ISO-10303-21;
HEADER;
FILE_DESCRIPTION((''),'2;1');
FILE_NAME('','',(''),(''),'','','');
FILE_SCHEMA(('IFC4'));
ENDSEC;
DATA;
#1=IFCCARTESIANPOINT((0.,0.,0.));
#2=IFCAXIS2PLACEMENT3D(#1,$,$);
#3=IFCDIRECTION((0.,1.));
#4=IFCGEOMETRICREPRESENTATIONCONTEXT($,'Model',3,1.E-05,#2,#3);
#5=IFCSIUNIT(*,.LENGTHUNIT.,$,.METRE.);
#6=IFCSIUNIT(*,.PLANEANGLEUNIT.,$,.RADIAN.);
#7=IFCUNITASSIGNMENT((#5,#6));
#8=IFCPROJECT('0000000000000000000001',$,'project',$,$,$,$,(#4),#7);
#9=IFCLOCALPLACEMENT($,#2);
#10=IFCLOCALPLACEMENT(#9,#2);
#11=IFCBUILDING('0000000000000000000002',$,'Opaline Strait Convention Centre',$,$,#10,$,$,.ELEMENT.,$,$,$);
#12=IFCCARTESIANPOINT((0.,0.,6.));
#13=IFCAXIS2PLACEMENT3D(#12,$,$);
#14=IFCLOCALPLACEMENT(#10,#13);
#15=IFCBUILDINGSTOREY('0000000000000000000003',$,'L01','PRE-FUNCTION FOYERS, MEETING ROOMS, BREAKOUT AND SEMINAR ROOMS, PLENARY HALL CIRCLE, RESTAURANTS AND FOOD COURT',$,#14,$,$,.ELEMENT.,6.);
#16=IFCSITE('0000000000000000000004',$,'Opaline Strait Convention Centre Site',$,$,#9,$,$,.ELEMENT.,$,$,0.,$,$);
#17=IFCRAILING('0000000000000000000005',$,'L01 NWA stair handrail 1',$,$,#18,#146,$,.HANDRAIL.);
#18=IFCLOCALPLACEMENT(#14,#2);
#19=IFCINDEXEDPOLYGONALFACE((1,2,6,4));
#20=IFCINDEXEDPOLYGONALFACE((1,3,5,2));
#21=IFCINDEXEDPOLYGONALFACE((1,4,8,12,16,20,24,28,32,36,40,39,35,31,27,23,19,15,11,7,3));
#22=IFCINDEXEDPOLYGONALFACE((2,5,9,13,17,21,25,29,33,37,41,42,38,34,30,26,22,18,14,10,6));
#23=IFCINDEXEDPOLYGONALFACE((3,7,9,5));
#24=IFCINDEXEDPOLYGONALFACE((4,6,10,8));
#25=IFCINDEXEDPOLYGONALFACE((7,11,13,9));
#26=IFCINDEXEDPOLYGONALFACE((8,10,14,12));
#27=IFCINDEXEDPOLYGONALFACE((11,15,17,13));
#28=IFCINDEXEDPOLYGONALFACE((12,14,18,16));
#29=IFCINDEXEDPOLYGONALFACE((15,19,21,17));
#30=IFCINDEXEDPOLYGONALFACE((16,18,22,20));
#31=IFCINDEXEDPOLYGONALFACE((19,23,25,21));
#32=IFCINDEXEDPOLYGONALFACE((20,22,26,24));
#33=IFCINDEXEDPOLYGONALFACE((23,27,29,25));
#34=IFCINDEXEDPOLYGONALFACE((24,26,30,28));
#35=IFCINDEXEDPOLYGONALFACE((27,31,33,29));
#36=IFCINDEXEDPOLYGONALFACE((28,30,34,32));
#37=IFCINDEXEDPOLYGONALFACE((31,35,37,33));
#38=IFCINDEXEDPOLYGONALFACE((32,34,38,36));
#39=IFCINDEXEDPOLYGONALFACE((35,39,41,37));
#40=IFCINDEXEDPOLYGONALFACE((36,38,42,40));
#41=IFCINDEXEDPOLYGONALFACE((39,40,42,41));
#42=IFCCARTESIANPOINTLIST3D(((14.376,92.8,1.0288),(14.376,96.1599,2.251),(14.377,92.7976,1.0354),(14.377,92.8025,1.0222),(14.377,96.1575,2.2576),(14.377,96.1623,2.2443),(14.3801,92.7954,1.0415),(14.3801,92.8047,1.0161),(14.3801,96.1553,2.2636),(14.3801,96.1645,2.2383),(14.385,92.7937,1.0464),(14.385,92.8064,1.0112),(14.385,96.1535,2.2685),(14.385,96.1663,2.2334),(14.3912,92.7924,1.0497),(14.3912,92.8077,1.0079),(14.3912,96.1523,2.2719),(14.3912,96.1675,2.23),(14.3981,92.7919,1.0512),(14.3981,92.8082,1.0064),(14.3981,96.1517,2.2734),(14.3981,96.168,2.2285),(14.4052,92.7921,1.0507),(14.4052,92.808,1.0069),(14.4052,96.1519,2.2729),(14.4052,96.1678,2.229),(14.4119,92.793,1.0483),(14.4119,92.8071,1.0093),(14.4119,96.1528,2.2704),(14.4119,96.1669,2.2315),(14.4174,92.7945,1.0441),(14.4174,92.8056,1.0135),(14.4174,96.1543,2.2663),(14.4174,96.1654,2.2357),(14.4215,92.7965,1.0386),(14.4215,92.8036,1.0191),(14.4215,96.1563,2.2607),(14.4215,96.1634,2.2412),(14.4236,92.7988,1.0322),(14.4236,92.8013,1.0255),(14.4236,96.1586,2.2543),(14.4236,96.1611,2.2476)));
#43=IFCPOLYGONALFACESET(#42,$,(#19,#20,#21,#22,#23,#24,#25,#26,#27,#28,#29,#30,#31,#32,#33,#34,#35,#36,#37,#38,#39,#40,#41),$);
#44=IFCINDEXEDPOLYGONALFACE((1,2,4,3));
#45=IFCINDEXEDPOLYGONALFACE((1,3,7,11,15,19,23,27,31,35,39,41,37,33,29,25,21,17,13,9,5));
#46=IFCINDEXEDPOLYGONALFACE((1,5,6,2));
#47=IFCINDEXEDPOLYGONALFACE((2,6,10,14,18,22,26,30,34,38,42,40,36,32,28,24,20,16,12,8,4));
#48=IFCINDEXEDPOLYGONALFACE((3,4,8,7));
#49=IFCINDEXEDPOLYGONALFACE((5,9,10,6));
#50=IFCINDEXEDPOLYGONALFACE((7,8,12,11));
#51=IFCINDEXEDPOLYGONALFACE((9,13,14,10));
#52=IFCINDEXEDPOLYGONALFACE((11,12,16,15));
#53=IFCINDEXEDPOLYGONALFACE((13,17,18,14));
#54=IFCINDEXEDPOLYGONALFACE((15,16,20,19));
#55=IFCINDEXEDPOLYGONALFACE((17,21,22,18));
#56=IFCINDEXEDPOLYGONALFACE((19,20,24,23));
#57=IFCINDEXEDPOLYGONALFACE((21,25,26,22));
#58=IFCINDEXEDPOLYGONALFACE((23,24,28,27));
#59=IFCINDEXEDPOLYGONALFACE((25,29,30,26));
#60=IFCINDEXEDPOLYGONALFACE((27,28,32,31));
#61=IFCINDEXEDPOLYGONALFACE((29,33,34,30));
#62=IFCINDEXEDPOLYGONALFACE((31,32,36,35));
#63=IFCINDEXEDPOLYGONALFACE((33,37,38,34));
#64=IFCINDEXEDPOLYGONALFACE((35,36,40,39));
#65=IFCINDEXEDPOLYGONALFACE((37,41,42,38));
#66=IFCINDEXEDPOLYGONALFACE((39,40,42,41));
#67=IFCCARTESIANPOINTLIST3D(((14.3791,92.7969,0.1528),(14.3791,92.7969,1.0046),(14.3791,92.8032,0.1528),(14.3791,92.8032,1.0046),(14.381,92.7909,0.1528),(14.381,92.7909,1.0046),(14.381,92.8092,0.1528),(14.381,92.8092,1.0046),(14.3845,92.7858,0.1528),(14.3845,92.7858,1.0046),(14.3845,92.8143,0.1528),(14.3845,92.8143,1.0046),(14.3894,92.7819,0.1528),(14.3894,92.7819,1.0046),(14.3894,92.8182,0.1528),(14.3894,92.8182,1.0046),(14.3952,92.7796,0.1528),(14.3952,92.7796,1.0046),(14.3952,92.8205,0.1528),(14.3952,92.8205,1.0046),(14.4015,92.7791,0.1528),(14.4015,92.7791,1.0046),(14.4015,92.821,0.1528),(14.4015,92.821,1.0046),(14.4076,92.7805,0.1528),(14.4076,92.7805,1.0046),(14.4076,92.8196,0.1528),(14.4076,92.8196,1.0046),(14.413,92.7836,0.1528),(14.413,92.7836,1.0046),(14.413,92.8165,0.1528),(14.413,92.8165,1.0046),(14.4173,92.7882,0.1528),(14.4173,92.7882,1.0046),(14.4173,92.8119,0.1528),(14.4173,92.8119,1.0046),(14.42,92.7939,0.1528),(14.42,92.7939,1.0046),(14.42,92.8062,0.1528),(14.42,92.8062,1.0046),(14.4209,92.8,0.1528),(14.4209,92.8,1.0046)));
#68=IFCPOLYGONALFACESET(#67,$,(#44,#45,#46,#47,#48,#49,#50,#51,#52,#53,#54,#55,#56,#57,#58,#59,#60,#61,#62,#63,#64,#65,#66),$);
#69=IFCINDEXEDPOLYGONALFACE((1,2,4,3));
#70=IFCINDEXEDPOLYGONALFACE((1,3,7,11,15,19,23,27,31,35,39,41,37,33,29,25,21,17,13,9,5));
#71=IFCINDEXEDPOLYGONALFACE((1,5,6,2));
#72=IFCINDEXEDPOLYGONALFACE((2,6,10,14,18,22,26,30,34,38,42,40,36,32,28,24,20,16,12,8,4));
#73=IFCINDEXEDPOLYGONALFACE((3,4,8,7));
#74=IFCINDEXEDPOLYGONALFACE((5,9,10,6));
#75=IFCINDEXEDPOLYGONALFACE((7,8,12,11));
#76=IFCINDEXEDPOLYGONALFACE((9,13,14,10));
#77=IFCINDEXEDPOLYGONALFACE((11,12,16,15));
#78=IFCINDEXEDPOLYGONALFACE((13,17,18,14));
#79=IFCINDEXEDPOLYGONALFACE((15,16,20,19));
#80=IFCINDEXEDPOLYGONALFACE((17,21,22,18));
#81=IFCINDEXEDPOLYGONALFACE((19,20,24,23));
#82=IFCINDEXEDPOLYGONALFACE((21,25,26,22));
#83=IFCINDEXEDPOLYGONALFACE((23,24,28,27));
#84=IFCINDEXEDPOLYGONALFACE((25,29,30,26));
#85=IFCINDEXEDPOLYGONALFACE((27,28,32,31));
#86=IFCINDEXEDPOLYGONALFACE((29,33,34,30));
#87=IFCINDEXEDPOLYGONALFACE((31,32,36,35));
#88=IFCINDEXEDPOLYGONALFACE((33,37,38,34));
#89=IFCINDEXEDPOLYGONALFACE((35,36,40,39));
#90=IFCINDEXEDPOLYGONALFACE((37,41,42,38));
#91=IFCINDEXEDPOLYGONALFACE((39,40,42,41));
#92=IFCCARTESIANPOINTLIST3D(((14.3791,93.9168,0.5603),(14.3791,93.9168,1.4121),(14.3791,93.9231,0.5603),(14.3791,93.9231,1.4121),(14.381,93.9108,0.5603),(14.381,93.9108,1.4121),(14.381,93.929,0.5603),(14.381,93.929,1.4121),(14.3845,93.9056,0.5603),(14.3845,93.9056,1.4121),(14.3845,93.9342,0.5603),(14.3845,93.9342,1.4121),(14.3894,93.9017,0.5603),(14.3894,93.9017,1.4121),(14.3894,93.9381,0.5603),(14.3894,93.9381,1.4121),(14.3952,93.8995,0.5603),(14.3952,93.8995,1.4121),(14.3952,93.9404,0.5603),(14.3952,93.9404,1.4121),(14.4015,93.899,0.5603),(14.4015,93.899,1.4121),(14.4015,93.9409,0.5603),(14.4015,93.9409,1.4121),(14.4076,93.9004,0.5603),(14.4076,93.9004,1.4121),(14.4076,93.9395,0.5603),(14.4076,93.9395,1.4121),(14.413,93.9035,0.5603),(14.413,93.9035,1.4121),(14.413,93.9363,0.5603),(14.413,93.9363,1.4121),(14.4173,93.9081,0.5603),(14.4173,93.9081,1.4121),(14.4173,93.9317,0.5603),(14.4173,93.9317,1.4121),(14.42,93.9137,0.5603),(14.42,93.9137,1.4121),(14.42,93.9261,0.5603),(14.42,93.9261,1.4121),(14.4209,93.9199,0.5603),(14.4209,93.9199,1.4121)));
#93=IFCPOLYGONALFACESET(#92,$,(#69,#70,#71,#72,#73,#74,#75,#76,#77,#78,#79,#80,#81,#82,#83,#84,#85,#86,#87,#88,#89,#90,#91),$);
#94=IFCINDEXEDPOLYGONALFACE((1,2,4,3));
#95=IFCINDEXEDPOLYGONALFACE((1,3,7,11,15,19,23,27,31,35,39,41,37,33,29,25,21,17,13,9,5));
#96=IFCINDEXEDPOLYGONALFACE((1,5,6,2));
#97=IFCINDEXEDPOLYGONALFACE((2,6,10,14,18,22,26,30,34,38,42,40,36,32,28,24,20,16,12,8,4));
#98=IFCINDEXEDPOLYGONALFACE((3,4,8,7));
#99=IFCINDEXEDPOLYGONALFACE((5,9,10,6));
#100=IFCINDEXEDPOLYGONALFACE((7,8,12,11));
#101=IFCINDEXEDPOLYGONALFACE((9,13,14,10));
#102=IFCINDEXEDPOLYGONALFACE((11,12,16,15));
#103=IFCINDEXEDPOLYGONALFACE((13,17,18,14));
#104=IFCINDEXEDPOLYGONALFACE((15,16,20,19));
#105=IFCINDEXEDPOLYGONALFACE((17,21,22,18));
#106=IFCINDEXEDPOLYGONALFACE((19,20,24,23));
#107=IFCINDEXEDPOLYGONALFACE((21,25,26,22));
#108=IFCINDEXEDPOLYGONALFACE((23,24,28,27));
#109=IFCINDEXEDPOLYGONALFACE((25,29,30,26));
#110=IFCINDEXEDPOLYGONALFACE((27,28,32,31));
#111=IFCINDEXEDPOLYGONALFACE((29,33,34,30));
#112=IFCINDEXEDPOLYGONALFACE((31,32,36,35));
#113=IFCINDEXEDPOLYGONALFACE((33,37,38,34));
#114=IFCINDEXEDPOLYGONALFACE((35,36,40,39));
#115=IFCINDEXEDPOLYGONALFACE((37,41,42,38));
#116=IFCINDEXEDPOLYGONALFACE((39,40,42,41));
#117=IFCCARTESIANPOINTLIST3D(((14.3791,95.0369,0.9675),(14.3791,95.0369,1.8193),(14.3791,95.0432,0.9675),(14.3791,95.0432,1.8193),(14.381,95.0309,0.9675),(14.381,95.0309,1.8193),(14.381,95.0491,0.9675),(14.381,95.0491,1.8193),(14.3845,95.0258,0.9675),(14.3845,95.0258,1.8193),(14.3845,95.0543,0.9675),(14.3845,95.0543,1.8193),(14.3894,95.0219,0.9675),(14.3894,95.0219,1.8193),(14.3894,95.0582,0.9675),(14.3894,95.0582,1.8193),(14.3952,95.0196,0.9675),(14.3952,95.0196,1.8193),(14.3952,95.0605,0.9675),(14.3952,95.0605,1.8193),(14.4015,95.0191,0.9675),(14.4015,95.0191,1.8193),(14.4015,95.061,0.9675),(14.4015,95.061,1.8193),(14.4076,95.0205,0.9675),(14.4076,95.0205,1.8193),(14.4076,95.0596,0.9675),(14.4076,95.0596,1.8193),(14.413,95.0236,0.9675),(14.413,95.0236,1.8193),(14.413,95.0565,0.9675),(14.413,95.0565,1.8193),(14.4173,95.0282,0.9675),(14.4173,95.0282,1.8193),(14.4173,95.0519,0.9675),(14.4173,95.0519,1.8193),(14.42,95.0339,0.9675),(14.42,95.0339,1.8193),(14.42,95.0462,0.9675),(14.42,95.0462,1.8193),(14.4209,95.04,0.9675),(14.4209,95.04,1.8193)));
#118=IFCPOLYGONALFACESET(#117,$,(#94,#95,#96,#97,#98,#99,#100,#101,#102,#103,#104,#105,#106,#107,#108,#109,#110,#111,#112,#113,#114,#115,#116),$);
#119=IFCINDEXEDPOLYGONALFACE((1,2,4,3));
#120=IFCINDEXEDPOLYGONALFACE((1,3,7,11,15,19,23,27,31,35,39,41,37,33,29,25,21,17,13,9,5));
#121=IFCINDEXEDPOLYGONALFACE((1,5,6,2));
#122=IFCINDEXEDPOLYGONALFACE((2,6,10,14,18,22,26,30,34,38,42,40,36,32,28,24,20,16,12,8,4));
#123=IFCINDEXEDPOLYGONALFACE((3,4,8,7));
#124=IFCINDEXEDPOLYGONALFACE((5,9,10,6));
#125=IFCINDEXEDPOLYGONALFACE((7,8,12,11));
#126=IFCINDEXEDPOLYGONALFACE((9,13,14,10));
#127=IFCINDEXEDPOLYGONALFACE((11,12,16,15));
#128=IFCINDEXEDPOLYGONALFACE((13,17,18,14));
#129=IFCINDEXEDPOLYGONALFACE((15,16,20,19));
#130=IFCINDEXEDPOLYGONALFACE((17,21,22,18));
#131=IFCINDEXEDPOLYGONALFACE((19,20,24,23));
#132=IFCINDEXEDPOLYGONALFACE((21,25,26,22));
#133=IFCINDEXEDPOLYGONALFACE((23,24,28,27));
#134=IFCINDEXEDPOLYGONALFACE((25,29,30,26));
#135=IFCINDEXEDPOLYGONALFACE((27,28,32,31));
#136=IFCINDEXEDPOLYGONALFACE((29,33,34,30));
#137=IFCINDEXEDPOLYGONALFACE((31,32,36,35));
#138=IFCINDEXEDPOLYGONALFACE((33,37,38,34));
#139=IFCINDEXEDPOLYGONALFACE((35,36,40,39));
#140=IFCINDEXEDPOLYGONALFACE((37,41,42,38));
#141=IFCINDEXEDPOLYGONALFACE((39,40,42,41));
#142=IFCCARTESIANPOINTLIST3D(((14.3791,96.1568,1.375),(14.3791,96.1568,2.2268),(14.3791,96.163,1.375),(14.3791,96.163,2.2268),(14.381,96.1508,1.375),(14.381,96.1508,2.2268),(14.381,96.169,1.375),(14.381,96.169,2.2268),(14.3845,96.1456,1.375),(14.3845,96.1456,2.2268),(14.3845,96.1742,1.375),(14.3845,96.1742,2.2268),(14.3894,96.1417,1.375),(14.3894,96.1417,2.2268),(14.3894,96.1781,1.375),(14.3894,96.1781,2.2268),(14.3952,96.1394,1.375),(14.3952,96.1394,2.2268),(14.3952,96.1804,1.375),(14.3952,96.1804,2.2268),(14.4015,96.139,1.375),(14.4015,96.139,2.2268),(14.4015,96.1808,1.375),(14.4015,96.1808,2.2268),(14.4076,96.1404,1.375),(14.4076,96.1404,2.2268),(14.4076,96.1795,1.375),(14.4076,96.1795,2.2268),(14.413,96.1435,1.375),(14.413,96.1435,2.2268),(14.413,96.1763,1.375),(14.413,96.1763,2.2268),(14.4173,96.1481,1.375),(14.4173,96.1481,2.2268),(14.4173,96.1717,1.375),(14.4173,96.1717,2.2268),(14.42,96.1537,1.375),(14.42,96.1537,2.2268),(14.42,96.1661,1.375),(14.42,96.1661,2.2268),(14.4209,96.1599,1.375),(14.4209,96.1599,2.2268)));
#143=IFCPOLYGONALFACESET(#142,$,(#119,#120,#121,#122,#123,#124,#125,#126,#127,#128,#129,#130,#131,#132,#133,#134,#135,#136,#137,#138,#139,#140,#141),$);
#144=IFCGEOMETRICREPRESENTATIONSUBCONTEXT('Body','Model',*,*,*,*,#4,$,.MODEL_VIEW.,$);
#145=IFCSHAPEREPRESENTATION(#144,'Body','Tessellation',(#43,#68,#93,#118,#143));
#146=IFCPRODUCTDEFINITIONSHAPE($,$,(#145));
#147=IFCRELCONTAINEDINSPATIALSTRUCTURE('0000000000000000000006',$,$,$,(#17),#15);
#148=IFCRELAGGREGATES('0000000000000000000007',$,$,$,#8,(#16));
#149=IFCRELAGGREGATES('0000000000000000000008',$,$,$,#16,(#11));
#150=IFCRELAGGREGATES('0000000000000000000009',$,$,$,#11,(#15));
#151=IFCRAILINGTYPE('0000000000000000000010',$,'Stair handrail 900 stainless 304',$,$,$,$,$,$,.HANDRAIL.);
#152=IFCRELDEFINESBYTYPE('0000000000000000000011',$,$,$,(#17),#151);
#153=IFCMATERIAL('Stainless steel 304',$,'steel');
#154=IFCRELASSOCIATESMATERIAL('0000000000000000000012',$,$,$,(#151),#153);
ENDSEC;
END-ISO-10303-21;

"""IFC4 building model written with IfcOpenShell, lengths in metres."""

from ifc_helpers import new_model, si_unit, direction, frame, origin, origin_2d, place, context, subcontext, project, spatial, circle, extrude, material, type_object, element, save


model = new_model("IFC4")

# Units and contexts
model_context = context("Model", 3, precision=1e-05, world=origin(), true_north=direction((0.0, 1.0)))
body_context = subcontext(model_context, "Body", "Model", "MODEL_VIEW")
ifc_project = project(units=[si_unit("LENGTHUNIT", "METRE"), si_unit("PLANEANGLEUNIT", "RADIAN")], contexts=[model_context])

# Site, building, storey
site_placement = place(None, origin())
site = spatial("IfcSite", under=ifc_project, at=site_placement, Name="Opaline Strait Convention Centre Site", CompositionType="ELEMENT", RefElevation=0.0)
building_placement = place(site_placement, origin())
building = spatial("IfcBuilding", under=site, at=building_placement, Name="Opaline Strait Convention Centre", CompositionType="ELEMENT")
storey_placement = place(building_placement, frame((0.0, 0.0, 6.0)))
storey = spatial("IfcBuildingStorey", under=building, at=storey_placement, Name="L01", Description="PRE-FUNCTION FOYERS, MEETING ROOMS, BREAKOUT AND SEMINAR ROOMS, PLENARY HALL CIRCLE, RESTAURANTS AND FOOD COURT", CompositionType="ELEMENT", Elevation=6.0)

# Railing
ifc_material_1 = material(Name="Stainless steel 304", Category="steel")
railing_type_1 = type_object("IfcRailingType", Name="Stair handrail 900 stainless 304", PredefinedType="HANDRAIL", material=ifc_material_1)
for number, where, name in (
    (1, (14.3999, 92.8, 0.1528), "L01 NWA stair handrail 1"),
):
    element("IfcRailing", number, at=place(storey_placement, frame(where)), inside=storey, type_object=railing_type_1, Name=name, PredefinedType="HANDRAIL", context=body_context, shape_type="SweptSolid", body=[
        extrude(circle(Radius=0.0239, at=origin_2d()), frame((0.0, 0.0, 0.876), z_axis=(0.0, 0.939758, 0.341842), x_axis=(-1.0, 0.0, 0.0)), (0.0, 0.0, 1.0), 3.5752),
        extrude(circle(Radius=0.021, at=origin_2d()), origin(), (0.0, 0.0, 1.0), 0.8518),
        extrude(circle(Radius=0.021, at=origin_2d()), frame((0.0, 1.1199, 0.4075)), (0.0, 0.0, 1.0), 0.8518),
        extrude(circle(Radius=0.021, at=origin_2d()), frame((0.0, 2.24, 0.8147)), (0.0, 0.0, 1.0), 0.8518),
        extrude(circle(Radius=0.021, at=origin_2d()), frame((0.0, 3.3599, 1.2222)), (0.0, 0.0, 1.0), 0.8518),
    ])

save(model, "model.ifc")
